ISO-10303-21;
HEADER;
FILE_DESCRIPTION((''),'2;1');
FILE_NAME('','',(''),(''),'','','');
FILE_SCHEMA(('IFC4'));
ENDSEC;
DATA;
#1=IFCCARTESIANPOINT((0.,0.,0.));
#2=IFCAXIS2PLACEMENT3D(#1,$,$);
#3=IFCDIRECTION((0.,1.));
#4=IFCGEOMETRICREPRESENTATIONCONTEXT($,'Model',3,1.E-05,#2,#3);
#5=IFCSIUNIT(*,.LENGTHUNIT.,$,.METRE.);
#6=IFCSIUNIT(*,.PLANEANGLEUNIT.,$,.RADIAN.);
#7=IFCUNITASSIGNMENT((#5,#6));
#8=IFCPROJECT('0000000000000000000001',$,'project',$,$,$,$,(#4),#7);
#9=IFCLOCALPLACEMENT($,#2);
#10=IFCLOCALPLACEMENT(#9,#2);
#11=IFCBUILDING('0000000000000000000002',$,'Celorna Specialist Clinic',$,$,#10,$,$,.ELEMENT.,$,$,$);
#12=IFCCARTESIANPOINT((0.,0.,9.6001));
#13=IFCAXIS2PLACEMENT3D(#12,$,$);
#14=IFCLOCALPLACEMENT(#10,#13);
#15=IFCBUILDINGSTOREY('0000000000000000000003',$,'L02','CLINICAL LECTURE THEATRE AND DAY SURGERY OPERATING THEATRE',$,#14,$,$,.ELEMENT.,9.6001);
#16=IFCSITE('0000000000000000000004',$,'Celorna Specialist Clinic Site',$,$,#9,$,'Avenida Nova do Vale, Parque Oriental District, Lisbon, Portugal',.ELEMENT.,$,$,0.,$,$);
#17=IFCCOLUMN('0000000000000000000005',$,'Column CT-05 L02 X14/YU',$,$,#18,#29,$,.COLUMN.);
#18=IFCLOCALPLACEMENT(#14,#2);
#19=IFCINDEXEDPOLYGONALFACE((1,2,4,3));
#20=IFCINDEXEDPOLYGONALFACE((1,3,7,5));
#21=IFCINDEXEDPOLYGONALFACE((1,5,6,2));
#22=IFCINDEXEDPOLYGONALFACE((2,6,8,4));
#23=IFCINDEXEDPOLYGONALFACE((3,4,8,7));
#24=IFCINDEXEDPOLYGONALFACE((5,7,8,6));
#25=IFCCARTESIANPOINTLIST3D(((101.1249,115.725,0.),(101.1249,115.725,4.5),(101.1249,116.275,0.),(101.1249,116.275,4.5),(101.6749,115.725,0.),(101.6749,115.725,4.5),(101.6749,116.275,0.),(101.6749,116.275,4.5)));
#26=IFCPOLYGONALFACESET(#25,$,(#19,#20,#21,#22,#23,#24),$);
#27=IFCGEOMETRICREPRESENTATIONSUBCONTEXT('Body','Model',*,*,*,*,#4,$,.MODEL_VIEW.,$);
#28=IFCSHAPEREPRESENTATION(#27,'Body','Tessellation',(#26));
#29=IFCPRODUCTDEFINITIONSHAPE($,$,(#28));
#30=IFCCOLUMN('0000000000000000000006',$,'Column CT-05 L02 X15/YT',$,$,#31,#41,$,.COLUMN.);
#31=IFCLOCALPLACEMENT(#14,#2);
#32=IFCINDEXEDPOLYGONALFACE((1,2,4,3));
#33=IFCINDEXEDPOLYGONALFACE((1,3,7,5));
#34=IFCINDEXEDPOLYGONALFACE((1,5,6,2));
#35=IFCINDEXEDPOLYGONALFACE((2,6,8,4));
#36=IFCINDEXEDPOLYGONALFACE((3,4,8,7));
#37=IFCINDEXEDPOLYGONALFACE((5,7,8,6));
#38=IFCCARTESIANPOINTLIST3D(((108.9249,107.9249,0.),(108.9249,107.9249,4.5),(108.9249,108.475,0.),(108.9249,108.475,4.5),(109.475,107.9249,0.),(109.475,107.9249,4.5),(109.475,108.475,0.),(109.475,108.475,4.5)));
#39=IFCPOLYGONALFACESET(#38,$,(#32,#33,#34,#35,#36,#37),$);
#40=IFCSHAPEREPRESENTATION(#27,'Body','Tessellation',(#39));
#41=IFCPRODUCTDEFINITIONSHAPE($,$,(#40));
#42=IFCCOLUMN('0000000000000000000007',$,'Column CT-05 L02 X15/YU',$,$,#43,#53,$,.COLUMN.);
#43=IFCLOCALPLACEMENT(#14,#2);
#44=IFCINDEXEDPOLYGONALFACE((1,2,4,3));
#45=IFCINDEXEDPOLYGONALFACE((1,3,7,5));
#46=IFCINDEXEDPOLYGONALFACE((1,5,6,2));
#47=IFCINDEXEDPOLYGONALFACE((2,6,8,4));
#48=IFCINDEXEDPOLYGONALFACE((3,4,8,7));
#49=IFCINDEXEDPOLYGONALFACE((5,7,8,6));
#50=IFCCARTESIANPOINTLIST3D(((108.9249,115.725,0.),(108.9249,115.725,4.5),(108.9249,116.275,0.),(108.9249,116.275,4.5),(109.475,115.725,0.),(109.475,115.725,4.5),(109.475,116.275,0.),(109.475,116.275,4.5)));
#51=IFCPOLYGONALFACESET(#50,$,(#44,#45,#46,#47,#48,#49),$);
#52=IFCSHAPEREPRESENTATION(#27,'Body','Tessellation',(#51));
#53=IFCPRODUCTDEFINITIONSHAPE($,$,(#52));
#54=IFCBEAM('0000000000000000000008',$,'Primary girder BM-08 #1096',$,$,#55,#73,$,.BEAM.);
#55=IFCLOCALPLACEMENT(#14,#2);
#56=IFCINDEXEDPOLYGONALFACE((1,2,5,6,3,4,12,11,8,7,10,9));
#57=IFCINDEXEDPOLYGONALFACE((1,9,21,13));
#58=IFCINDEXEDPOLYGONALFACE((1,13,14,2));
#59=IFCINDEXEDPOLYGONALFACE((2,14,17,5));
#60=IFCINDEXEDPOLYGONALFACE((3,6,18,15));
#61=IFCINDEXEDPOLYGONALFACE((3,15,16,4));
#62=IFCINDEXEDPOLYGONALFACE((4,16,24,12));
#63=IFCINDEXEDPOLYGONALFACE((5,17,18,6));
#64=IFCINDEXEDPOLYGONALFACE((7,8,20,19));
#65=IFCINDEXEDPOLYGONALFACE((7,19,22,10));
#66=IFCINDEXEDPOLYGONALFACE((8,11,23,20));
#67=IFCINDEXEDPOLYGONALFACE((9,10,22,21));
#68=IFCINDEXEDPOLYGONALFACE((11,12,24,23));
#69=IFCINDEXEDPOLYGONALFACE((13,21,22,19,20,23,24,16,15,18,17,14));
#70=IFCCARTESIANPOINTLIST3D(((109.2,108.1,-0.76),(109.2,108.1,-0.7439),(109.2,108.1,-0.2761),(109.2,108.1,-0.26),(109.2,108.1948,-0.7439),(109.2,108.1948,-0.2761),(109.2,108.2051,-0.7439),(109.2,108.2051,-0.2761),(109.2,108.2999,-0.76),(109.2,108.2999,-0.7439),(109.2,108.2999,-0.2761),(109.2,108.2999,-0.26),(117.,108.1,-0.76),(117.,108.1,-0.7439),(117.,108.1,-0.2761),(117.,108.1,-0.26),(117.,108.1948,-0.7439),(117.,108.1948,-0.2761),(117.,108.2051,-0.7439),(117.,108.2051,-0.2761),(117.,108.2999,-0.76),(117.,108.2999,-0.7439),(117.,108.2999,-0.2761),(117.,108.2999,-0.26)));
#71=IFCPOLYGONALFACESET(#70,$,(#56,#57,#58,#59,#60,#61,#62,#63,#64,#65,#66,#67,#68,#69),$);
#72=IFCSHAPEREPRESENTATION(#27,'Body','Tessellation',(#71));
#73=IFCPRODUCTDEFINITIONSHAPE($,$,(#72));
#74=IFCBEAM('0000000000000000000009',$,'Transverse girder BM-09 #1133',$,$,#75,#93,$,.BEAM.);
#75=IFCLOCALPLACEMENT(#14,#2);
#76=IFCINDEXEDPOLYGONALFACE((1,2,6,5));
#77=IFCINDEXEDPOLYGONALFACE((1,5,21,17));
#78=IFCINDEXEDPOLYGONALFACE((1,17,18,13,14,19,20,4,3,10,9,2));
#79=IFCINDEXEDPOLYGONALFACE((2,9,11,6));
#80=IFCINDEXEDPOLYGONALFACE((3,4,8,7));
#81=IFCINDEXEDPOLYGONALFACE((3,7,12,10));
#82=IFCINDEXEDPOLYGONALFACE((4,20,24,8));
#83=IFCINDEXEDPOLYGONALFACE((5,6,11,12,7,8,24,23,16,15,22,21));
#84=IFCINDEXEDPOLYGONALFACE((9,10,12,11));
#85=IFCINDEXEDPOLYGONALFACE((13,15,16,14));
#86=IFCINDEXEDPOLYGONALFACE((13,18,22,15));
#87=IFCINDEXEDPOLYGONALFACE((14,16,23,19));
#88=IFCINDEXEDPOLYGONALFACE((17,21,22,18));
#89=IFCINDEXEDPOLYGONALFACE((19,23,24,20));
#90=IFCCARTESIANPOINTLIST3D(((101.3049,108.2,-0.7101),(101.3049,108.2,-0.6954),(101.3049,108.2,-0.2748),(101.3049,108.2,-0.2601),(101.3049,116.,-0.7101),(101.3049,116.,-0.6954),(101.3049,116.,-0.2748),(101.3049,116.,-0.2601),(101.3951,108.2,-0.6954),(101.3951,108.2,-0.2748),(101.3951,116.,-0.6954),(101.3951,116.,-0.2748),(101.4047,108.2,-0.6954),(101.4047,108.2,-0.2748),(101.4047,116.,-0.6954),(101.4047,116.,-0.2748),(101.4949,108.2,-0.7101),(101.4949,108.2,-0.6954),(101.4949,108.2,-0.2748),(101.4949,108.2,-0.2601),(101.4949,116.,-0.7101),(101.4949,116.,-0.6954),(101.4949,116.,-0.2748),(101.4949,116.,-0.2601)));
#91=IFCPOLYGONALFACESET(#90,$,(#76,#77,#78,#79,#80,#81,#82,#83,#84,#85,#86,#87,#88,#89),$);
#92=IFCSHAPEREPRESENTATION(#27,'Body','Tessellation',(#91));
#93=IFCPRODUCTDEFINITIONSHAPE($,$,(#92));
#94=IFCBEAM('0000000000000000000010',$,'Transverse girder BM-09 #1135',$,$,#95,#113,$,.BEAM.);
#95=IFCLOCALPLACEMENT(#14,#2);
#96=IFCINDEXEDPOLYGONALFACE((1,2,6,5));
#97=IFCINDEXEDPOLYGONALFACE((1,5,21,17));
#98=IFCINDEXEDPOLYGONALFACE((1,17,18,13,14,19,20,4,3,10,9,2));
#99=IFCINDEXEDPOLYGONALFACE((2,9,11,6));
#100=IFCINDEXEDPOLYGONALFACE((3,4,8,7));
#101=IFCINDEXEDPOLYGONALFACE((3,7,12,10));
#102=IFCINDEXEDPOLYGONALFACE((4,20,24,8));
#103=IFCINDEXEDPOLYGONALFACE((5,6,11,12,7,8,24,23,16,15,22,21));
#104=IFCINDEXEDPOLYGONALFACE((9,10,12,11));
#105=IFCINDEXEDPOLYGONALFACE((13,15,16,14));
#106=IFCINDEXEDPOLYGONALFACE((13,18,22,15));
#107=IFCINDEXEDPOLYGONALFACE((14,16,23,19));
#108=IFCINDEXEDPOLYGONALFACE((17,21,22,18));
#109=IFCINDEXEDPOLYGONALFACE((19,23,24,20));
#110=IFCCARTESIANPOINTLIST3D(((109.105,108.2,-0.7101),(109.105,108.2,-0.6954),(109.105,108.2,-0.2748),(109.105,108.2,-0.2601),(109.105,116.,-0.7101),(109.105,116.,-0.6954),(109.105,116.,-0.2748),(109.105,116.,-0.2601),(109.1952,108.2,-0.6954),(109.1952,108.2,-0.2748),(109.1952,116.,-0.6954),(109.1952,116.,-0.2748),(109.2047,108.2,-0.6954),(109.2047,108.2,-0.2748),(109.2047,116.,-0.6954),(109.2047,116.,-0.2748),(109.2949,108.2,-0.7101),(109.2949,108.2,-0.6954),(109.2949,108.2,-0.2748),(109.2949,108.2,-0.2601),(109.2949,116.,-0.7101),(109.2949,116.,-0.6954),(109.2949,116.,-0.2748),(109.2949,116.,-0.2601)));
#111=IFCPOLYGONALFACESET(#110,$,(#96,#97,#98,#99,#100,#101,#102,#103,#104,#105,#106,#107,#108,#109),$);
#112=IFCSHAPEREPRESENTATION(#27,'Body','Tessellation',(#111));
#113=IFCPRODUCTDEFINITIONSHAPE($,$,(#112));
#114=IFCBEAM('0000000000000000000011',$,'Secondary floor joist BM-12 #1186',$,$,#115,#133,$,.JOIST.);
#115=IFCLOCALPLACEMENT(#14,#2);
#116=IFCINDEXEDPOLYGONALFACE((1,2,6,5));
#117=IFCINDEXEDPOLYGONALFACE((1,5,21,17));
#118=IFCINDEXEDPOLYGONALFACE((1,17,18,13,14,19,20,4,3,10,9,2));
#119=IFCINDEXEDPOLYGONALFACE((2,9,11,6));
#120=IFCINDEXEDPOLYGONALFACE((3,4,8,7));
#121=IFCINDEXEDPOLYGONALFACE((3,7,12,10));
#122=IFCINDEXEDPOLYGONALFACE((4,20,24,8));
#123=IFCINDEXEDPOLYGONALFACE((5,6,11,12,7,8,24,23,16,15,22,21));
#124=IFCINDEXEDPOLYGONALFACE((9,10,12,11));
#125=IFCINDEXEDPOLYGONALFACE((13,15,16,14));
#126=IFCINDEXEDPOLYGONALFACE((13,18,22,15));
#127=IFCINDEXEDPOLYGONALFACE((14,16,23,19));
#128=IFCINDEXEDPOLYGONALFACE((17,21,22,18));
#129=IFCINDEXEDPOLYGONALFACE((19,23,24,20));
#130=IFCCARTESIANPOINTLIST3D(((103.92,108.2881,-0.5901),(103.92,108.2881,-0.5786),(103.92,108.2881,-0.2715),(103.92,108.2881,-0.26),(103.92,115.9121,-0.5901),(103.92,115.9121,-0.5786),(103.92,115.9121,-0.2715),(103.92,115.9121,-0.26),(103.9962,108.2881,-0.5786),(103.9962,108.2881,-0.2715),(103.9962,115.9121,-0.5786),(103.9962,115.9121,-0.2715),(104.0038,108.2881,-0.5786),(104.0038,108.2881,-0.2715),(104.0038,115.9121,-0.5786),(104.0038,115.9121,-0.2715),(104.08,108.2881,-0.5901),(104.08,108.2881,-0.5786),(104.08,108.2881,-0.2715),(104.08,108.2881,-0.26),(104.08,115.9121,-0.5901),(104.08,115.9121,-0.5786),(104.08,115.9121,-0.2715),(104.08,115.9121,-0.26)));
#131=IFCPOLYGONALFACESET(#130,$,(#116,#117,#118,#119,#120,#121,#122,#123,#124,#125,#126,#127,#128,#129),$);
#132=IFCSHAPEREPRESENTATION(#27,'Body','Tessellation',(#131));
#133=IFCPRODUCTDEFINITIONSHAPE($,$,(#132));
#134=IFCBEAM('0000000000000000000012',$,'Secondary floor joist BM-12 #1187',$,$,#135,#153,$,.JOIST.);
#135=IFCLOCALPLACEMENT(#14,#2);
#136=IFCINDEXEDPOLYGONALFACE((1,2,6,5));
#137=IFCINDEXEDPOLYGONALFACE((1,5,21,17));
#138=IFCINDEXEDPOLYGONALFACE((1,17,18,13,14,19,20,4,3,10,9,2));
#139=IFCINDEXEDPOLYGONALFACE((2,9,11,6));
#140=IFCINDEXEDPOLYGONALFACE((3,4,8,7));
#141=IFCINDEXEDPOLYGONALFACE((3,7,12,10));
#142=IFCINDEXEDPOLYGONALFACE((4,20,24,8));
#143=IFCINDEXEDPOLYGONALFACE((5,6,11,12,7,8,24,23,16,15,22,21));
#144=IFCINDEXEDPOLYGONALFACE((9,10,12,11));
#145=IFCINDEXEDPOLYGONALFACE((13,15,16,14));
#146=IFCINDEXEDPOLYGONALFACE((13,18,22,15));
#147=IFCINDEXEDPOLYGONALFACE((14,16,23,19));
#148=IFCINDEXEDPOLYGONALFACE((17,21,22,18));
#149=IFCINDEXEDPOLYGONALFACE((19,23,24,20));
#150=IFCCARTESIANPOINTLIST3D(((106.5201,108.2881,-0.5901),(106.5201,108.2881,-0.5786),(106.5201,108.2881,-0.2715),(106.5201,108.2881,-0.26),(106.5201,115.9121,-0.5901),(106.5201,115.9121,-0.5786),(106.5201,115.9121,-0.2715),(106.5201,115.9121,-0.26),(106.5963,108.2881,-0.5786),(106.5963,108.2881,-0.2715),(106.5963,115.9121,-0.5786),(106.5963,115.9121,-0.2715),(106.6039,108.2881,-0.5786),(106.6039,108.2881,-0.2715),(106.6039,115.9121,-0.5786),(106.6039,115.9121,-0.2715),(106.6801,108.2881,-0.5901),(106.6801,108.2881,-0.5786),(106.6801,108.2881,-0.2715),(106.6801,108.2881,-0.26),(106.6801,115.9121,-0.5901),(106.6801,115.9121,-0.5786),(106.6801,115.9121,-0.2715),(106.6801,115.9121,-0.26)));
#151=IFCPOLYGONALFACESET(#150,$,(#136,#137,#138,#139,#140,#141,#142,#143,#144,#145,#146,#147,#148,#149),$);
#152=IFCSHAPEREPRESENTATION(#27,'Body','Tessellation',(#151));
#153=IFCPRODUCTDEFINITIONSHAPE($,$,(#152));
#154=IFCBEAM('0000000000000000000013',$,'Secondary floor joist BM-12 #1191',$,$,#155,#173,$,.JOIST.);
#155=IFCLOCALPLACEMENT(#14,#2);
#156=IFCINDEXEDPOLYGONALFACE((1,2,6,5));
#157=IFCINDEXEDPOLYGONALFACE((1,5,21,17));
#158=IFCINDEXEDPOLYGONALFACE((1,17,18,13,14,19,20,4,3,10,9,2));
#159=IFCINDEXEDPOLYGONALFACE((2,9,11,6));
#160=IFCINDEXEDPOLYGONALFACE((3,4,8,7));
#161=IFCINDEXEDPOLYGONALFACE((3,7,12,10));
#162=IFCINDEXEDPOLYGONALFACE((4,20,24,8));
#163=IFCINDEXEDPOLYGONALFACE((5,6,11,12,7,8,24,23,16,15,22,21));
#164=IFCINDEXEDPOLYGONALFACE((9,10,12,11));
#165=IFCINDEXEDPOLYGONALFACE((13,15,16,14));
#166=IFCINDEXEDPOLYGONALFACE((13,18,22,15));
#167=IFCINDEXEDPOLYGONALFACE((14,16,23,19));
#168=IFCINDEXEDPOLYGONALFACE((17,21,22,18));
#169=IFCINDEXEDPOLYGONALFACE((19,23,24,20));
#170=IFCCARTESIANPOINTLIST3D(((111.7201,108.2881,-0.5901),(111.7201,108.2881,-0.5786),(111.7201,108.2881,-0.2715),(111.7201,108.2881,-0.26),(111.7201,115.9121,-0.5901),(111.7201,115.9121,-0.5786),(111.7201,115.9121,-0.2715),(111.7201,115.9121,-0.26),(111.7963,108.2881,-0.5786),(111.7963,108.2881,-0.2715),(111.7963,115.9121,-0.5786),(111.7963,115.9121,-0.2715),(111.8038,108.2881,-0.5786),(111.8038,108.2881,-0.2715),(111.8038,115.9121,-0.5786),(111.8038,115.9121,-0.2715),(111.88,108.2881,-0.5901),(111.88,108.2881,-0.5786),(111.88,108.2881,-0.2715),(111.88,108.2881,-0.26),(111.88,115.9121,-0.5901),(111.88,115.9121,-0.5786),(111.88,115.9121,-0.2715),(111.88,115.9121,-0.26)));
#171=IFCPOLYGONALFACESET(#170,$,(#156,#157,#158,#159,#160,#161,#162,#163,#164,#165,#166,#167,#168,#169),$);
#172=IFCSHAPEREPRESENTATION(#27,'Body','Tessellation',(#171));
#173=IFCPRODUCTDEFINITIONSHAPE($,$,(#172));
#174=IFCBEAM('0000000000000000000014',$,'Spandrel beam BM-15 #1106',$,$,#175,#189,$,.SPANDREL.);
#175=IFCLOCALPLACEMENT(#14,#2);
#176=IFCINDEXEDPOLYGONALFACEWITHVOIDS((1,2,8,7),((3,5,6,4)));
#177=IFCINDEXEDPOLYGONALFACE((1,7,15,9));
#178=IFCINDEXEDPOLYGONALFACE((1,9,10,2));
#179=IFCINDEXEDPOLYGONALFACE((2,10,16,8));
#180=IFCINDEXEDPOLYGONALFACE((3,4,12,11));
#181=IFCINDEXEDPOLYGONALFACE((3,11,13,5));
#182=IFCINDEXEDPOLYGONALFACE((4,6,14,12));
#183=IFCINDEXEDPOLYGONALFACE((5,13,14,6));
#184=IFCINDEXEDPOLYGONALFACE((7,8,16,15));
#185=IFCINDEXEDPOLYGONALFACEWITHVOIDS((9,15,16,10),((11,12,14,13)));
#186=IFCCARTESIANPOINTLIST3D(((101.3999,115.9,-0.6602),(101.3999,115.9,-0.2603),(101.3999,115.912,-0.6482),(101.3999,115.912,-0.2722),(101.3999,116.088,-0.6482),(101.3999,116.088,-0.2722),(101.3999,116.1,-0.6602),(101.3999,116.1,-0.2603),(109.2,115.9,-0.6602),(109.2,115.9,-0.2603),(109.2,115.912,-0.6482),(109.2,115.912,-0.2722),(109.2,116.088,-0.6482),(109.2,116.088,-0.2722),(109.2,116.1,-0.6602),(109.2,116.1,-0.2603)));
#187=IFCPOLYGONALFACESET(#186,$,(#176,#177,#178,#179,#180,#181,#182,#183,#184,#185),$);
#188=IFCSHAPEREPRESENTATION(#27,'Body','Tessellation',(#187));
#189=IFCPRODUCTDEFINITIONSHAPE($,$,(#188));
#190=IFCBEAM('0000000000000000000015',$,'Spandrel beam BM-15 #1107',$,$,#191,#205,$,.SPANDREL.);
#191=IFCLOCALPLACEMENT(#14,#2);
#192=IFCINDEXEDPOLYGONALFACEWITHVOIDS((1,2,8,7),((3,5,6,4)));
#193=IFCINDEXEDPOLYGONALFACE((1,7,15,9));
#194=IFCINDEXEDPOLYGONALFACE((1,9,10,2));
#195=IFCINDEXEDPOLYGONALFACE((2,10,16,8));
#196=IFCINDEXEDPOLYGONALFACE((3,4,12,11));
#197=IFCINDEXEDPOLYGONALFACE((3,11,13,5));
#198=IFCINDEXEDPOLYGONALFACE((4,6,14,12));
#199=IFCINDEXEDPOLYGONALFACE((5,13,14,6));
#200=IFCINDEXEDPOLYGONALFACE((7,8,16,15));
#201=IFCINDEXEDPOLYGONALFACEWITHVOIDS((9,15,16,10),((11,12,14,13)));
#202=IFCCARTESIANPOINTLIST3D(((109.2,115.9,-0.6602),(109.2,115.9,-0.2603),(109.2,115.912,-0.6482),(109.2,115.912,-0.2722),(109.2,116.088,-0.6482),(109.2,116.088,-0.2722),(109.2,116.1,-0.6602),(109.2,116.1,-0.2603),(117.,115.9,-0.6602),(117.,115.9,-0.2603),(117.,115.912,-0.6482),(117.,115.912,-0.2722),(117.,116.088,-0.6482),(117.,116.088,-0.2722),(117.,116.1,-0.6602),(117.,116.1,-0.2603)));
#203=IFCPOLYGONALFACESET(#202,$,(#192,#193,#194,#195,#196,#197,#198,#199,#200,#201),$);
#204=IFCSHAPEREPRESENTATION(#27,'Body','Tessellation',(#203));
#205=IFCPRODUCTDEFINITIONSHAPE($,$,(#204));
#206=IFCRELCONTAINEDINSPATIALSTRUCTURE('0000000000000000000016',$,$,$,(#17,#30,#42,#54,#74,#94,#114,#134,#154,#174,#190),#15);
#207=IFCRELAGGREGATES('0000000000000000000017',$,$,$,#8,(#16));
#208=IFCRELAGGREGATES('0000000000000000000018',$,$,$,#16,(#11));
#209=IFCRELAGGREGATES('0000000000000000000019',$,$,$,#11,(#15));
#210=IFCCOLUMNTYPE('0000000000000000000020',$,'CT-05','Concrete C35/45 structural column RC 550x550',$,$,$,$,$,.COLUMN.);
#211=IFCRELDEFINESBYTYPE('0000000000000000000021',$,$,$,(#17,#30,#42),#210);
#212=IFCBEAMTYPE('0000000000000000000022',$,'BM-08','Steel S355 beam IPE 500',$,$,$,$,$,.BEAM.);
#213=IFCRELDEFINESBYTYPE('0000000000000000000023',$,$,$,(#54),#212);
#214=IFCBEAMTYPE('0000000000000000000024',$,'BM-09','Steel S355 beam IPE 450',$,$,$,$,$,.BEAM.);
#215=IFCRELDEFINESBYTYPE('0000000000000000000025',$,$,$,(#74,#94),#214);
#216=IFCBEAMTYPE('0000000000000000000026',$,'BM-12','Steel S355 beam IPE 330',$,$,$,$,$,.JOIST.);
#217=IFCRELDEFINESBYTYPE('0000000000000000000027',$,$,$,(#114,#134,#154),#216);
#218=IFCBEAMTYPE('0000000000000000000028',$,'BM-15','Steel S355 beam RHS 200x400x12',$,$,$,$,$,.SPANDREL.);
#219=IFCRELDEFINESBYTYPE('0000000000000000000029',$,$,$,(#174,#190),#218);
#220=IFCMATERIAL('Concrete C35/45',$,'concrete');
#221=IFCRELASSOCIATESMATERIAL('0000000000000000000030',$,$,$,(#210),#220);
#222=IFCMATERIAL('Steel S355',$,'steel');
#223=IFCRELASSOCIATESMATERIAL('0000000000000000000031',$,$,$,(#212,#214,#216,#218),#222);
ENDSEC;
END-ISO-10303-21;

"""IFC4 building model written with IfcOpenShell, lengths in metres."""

from ifc_helpers import new_model, si_unit, direction, frame, origin, origin_2d, place, context, subcontext, project, spatial, rectangle, hollow_rectangle, i_section, extrude, material, material_profile, profile_set, type_object, element, save


model = new_model("IFC4")

# Units and contexts
model_context = context("Model", 3, precision=1e-05, world=origin(), true_north=direction((0.0, 1.0)))
body_context = subcontext(model_context, "Body", "Model", "MODEL_VIEW")
ifc_project = project(units=[si_unit("LENGTHUNIT", "METRE"), si_unit("PLANEANGLEUNIT", "RADIAN")], contexts=[model_context])

# Site, building, storey
site_placement = place(None, origin())
site = spatial("IfcSite", under=ifc_project, at=site_placement, Name="Celorna Specialist Clinic Site", LongName="Avenida Nova do Vale, Parque Oriental District, Lisbon, Portugal", CompositionType="ELEMENT", RefElevation=0.0)
building_placement = place(site_placement, origin())
building = spatial("IfcBuilding", under=site, at=building_placement, Name="Celorna Specialist Clinic", CompositionType="ELEMENT")
storey_placement = place(building_placement, frame((0.0, 0.0, 9.6001)))
storey = spatial("IfcBuildingStorey", under=building, at=storey_placement, Name="L02", Description="CLINICAL LECTURE THEATRE AND DAY SURGERY OPERATING THEATRE", CompositionType="ELEMENT", Elevation=9.6001)

# Columns
ifc_material_1 = material(Name="Concrete C35/45", Category="concrete")
ifc_material_profile_1 = material_profile(ifc_material_1, rectangle(XDim=0.55, YDim=0.55, at=origin_2d()), Name="RC 550x550")
ifc_profile_set_1 = profile_set([ifc_material_profile_1], Name="Concrete C35/45")
column_type = type_object("IfcColumnType", Name="CT-05", Description="Concrete C35/45 structural column RC 550x550", PredefinedType="COLUMN", material=ifc_profile_set_1)
for number, where, z_axis, x_axis, name in (
    (1, (101.3999, 116.0, 0.0), (0.0, 0.0, 1.0), (1.0, 0.0, 0.0), "Column CT-05 L02 X14/YU"),
    (2, (109.2, 108.2, 0.0), (0.0, 0.0, 1.0), (1.0, 0.0, 0.0), "Column CT-05 L02 X15/YT"),
    (3, (109.2, 116.0, 0.0), (0.0, 0.0, 1.0), (1.0, 0.0, 0.0), "Column CT-05 L02 X15/YU"),
):
    element("IfcColumn", number, at=place(storey_placement, frame(where, z_axis=z_axis, x_axis=x_axis)), inside=storey, type_object=column_type, Name=name, PredefinedType="COLUMN", context=body_context, shape_type="SweptSolid", body=[
        extrude(rectangle(XDim=0.55, YDim=0.55, at=origin_2d()), origin(), (0.0, 0.0, 1.0), 4.5),
    ])

# Beams
ifc_material_2 = material(Name="Steel S355", Category="steel")
ifc_material_profile_2 = material_profile(ifc_material_2, i_section(OverallWidth=0.2, OverallDepth=0.5, WebThickness=0.0103, FlangeThickness=0.0161, at=origin_2d()), Name="IPE 500")
ifc_profile_set_2 = profile_set([ifc_material_profile_2], Name="Steel S355")
beam_type_1 = type_object("IfcBeamType", Name="BM-08", Description="Steel S355 beam IPE 500", PredefinedType="BEAM", material=ifc_profile_set_2)
beam_placement = place(storey_placement, frame((109.2, 108.2, -0.51), z_axis=(1.0, 0.0, 0.0), x_axis=(0.0, 1.0, 0.0)))
element("IfcBeam", 4, at=beam_placement, inside=storey, type_object=beam_type_1, Name="Primary girder BM-08 #1096", PredefinedType="BEAM", context=body_context, shape_type="SweptSolid", body=[
    extrude(i_section(OverallWidth=0.2, OverallDepth=0.5, WebThickness=0.0103, FlangeThickness=0.0161, at=origin_2d()), origin(), (0.0, 0.0, 1.0), 7.8),
])
ifc_material_profile_3 = material_profile(ifc_material_2, i_section(OverallWidth=0.1899, OverallDepth=0.45, WebThickness=0.0095, FlangeThickness=0.0146, at=origin_2d()), Name="IPE 450")
ifc_profile_set_3 = profile_set([ifc_material_profile_3], Name="Steel S355")
beam_type_2 = type_object("IfcBeamType", Name="BM-09", Description="Steel S355 beam IPE 450", PredefinedType="BEAM", material=ifc_profile_set_3)
for number, where, z_axis, x_axis, name in (
    (5, (101.3999, 108.2, -0.4851), (0.0, 1.0, 0.0), (-1.0, 0.0, 0.0), "Transverse girder BM-09 #1133"),
    (6, (109.2, 108.2, -0.4851), (0.0, 1.0, 0.0), (-1.0, 0.0, 0.0), "Transverse girder BM-09 #1135"),
):
    element("IfcBeam", number, at=place(storey_placement, frame(where, z_axis=z_axis, x_axis=x_axis)), inside=storey, type_object=beam_type_2, Name=name, PredefinedType="BEAM", context=body_context, shape_type="SweptSolid", body=[
        extrude(i_section(OverallWidth=0.1899, OverallDepth=0.45, WebThickness=0.0095, FlangeThickness=0.0146, at=origin_2d()), origin(), (0.0, 0.0, 1.0), 7.8),
    ])
ifc_material_profile_4 = material_profile(ifc_material_2, i_section(OverallWidth=0.1599, OverallDepth=0.3301, WebThickness=0.0076, FlangeThickness=0.0115, at=origin_2d()), Name="IPE 330")
ifc_profile_set_4 = profile_set([ifc_material_profile_4], Name="Steel S355")
beam_type_3 = type_object("IfcBeamType", Name="BM-12", Description="Steel S355 beam IPE 330", PredefinedType="JOIST", material=ifc_profile_set_4)
for number, where, z_axis, x_axis, name in (
    (7, (104.0, 108.2881, -0.425), (0.0, 1.0, 0.0), (-1.0, 0.0, 0.0), "Secondary floor joist BM-12 #1186"),
    (8, (106.6001, 108.2881, -0.425), (0.0, 1.0, 0.0), (-1.0, 0.0, 0.0), "Secondary floor joist BM-12 #1187"),
    (9, (111.8, 108.2881, -0.425), (0.0, 1.0, 0.0), (-1.0, 0.0, 0.0), "Secondary floor joist BM-12 #1191"),
):
    element("IfcBeam", number, at=place(storey_placement, frame(where, z_axis=z_axis, x_axis=x_axis)), inside=storey, type_object=beam_type_3, Name=name, PredefinedType="JOIST", context=body_context, shape_type="SweptSolid", body=[
        extrude(i_section(OverallWidth=0.1599, OverallDepth=0.3301, WebThickness=0.0076, FlangeThickness=0.0115, at=origin_2d()), origin(), (0.0, 0.0, 1.0), 7.624),
    ])
ifc_material_profile_5 = material_profile(ifc_material_2, hollow_rectangle(XDim=0.2, YDim=0.3999, WallThickness=0.012, at=origin_2d()), Name="RHS 200x400x12")
ifc_profile_set_5 = profile_set([ifc_material_profile_5], Name="Steel S355")
beam_type_4 = type_object("IfcBeamType", Name="BM-15", Description="Steel S355 beam RHS 200x400x12", PredefinedType="SPANDREL", material=ifc_profile_set_5)
for number, where, z_axis, x_axis, name in (
    (10, (101.3999, 116.0, -0.4602), (1.0, 0.0, 0.0), (0.0, 1.0, 0.0), "Spandrel beam BM-15 #1106"),
    (11, (109.2, 116.0, -0.4602), (1.0, 0.0, 0.0), (0.0, 1.0, 0.0), "Spandrel beam BM-15 #1107"),
):
    element("IfcBeam", number, at=place(storey_placement, frame(where, z_axis=z_axis, x_axis=x_axis)), inside=storey, type_object=beam_type_4, Name=name, PredefinedType="SPANDREL", context=body_context, shape_type="SweptSolid", body=[
        extrude(hollow_rectangle(XDim=0.2, YDim=0.3999, WallThickness=0.012, at=origin_2d()), origin(), (0.0, 0.0, 1.0), 7.8),
    ])

save(model, "model.ifc")
